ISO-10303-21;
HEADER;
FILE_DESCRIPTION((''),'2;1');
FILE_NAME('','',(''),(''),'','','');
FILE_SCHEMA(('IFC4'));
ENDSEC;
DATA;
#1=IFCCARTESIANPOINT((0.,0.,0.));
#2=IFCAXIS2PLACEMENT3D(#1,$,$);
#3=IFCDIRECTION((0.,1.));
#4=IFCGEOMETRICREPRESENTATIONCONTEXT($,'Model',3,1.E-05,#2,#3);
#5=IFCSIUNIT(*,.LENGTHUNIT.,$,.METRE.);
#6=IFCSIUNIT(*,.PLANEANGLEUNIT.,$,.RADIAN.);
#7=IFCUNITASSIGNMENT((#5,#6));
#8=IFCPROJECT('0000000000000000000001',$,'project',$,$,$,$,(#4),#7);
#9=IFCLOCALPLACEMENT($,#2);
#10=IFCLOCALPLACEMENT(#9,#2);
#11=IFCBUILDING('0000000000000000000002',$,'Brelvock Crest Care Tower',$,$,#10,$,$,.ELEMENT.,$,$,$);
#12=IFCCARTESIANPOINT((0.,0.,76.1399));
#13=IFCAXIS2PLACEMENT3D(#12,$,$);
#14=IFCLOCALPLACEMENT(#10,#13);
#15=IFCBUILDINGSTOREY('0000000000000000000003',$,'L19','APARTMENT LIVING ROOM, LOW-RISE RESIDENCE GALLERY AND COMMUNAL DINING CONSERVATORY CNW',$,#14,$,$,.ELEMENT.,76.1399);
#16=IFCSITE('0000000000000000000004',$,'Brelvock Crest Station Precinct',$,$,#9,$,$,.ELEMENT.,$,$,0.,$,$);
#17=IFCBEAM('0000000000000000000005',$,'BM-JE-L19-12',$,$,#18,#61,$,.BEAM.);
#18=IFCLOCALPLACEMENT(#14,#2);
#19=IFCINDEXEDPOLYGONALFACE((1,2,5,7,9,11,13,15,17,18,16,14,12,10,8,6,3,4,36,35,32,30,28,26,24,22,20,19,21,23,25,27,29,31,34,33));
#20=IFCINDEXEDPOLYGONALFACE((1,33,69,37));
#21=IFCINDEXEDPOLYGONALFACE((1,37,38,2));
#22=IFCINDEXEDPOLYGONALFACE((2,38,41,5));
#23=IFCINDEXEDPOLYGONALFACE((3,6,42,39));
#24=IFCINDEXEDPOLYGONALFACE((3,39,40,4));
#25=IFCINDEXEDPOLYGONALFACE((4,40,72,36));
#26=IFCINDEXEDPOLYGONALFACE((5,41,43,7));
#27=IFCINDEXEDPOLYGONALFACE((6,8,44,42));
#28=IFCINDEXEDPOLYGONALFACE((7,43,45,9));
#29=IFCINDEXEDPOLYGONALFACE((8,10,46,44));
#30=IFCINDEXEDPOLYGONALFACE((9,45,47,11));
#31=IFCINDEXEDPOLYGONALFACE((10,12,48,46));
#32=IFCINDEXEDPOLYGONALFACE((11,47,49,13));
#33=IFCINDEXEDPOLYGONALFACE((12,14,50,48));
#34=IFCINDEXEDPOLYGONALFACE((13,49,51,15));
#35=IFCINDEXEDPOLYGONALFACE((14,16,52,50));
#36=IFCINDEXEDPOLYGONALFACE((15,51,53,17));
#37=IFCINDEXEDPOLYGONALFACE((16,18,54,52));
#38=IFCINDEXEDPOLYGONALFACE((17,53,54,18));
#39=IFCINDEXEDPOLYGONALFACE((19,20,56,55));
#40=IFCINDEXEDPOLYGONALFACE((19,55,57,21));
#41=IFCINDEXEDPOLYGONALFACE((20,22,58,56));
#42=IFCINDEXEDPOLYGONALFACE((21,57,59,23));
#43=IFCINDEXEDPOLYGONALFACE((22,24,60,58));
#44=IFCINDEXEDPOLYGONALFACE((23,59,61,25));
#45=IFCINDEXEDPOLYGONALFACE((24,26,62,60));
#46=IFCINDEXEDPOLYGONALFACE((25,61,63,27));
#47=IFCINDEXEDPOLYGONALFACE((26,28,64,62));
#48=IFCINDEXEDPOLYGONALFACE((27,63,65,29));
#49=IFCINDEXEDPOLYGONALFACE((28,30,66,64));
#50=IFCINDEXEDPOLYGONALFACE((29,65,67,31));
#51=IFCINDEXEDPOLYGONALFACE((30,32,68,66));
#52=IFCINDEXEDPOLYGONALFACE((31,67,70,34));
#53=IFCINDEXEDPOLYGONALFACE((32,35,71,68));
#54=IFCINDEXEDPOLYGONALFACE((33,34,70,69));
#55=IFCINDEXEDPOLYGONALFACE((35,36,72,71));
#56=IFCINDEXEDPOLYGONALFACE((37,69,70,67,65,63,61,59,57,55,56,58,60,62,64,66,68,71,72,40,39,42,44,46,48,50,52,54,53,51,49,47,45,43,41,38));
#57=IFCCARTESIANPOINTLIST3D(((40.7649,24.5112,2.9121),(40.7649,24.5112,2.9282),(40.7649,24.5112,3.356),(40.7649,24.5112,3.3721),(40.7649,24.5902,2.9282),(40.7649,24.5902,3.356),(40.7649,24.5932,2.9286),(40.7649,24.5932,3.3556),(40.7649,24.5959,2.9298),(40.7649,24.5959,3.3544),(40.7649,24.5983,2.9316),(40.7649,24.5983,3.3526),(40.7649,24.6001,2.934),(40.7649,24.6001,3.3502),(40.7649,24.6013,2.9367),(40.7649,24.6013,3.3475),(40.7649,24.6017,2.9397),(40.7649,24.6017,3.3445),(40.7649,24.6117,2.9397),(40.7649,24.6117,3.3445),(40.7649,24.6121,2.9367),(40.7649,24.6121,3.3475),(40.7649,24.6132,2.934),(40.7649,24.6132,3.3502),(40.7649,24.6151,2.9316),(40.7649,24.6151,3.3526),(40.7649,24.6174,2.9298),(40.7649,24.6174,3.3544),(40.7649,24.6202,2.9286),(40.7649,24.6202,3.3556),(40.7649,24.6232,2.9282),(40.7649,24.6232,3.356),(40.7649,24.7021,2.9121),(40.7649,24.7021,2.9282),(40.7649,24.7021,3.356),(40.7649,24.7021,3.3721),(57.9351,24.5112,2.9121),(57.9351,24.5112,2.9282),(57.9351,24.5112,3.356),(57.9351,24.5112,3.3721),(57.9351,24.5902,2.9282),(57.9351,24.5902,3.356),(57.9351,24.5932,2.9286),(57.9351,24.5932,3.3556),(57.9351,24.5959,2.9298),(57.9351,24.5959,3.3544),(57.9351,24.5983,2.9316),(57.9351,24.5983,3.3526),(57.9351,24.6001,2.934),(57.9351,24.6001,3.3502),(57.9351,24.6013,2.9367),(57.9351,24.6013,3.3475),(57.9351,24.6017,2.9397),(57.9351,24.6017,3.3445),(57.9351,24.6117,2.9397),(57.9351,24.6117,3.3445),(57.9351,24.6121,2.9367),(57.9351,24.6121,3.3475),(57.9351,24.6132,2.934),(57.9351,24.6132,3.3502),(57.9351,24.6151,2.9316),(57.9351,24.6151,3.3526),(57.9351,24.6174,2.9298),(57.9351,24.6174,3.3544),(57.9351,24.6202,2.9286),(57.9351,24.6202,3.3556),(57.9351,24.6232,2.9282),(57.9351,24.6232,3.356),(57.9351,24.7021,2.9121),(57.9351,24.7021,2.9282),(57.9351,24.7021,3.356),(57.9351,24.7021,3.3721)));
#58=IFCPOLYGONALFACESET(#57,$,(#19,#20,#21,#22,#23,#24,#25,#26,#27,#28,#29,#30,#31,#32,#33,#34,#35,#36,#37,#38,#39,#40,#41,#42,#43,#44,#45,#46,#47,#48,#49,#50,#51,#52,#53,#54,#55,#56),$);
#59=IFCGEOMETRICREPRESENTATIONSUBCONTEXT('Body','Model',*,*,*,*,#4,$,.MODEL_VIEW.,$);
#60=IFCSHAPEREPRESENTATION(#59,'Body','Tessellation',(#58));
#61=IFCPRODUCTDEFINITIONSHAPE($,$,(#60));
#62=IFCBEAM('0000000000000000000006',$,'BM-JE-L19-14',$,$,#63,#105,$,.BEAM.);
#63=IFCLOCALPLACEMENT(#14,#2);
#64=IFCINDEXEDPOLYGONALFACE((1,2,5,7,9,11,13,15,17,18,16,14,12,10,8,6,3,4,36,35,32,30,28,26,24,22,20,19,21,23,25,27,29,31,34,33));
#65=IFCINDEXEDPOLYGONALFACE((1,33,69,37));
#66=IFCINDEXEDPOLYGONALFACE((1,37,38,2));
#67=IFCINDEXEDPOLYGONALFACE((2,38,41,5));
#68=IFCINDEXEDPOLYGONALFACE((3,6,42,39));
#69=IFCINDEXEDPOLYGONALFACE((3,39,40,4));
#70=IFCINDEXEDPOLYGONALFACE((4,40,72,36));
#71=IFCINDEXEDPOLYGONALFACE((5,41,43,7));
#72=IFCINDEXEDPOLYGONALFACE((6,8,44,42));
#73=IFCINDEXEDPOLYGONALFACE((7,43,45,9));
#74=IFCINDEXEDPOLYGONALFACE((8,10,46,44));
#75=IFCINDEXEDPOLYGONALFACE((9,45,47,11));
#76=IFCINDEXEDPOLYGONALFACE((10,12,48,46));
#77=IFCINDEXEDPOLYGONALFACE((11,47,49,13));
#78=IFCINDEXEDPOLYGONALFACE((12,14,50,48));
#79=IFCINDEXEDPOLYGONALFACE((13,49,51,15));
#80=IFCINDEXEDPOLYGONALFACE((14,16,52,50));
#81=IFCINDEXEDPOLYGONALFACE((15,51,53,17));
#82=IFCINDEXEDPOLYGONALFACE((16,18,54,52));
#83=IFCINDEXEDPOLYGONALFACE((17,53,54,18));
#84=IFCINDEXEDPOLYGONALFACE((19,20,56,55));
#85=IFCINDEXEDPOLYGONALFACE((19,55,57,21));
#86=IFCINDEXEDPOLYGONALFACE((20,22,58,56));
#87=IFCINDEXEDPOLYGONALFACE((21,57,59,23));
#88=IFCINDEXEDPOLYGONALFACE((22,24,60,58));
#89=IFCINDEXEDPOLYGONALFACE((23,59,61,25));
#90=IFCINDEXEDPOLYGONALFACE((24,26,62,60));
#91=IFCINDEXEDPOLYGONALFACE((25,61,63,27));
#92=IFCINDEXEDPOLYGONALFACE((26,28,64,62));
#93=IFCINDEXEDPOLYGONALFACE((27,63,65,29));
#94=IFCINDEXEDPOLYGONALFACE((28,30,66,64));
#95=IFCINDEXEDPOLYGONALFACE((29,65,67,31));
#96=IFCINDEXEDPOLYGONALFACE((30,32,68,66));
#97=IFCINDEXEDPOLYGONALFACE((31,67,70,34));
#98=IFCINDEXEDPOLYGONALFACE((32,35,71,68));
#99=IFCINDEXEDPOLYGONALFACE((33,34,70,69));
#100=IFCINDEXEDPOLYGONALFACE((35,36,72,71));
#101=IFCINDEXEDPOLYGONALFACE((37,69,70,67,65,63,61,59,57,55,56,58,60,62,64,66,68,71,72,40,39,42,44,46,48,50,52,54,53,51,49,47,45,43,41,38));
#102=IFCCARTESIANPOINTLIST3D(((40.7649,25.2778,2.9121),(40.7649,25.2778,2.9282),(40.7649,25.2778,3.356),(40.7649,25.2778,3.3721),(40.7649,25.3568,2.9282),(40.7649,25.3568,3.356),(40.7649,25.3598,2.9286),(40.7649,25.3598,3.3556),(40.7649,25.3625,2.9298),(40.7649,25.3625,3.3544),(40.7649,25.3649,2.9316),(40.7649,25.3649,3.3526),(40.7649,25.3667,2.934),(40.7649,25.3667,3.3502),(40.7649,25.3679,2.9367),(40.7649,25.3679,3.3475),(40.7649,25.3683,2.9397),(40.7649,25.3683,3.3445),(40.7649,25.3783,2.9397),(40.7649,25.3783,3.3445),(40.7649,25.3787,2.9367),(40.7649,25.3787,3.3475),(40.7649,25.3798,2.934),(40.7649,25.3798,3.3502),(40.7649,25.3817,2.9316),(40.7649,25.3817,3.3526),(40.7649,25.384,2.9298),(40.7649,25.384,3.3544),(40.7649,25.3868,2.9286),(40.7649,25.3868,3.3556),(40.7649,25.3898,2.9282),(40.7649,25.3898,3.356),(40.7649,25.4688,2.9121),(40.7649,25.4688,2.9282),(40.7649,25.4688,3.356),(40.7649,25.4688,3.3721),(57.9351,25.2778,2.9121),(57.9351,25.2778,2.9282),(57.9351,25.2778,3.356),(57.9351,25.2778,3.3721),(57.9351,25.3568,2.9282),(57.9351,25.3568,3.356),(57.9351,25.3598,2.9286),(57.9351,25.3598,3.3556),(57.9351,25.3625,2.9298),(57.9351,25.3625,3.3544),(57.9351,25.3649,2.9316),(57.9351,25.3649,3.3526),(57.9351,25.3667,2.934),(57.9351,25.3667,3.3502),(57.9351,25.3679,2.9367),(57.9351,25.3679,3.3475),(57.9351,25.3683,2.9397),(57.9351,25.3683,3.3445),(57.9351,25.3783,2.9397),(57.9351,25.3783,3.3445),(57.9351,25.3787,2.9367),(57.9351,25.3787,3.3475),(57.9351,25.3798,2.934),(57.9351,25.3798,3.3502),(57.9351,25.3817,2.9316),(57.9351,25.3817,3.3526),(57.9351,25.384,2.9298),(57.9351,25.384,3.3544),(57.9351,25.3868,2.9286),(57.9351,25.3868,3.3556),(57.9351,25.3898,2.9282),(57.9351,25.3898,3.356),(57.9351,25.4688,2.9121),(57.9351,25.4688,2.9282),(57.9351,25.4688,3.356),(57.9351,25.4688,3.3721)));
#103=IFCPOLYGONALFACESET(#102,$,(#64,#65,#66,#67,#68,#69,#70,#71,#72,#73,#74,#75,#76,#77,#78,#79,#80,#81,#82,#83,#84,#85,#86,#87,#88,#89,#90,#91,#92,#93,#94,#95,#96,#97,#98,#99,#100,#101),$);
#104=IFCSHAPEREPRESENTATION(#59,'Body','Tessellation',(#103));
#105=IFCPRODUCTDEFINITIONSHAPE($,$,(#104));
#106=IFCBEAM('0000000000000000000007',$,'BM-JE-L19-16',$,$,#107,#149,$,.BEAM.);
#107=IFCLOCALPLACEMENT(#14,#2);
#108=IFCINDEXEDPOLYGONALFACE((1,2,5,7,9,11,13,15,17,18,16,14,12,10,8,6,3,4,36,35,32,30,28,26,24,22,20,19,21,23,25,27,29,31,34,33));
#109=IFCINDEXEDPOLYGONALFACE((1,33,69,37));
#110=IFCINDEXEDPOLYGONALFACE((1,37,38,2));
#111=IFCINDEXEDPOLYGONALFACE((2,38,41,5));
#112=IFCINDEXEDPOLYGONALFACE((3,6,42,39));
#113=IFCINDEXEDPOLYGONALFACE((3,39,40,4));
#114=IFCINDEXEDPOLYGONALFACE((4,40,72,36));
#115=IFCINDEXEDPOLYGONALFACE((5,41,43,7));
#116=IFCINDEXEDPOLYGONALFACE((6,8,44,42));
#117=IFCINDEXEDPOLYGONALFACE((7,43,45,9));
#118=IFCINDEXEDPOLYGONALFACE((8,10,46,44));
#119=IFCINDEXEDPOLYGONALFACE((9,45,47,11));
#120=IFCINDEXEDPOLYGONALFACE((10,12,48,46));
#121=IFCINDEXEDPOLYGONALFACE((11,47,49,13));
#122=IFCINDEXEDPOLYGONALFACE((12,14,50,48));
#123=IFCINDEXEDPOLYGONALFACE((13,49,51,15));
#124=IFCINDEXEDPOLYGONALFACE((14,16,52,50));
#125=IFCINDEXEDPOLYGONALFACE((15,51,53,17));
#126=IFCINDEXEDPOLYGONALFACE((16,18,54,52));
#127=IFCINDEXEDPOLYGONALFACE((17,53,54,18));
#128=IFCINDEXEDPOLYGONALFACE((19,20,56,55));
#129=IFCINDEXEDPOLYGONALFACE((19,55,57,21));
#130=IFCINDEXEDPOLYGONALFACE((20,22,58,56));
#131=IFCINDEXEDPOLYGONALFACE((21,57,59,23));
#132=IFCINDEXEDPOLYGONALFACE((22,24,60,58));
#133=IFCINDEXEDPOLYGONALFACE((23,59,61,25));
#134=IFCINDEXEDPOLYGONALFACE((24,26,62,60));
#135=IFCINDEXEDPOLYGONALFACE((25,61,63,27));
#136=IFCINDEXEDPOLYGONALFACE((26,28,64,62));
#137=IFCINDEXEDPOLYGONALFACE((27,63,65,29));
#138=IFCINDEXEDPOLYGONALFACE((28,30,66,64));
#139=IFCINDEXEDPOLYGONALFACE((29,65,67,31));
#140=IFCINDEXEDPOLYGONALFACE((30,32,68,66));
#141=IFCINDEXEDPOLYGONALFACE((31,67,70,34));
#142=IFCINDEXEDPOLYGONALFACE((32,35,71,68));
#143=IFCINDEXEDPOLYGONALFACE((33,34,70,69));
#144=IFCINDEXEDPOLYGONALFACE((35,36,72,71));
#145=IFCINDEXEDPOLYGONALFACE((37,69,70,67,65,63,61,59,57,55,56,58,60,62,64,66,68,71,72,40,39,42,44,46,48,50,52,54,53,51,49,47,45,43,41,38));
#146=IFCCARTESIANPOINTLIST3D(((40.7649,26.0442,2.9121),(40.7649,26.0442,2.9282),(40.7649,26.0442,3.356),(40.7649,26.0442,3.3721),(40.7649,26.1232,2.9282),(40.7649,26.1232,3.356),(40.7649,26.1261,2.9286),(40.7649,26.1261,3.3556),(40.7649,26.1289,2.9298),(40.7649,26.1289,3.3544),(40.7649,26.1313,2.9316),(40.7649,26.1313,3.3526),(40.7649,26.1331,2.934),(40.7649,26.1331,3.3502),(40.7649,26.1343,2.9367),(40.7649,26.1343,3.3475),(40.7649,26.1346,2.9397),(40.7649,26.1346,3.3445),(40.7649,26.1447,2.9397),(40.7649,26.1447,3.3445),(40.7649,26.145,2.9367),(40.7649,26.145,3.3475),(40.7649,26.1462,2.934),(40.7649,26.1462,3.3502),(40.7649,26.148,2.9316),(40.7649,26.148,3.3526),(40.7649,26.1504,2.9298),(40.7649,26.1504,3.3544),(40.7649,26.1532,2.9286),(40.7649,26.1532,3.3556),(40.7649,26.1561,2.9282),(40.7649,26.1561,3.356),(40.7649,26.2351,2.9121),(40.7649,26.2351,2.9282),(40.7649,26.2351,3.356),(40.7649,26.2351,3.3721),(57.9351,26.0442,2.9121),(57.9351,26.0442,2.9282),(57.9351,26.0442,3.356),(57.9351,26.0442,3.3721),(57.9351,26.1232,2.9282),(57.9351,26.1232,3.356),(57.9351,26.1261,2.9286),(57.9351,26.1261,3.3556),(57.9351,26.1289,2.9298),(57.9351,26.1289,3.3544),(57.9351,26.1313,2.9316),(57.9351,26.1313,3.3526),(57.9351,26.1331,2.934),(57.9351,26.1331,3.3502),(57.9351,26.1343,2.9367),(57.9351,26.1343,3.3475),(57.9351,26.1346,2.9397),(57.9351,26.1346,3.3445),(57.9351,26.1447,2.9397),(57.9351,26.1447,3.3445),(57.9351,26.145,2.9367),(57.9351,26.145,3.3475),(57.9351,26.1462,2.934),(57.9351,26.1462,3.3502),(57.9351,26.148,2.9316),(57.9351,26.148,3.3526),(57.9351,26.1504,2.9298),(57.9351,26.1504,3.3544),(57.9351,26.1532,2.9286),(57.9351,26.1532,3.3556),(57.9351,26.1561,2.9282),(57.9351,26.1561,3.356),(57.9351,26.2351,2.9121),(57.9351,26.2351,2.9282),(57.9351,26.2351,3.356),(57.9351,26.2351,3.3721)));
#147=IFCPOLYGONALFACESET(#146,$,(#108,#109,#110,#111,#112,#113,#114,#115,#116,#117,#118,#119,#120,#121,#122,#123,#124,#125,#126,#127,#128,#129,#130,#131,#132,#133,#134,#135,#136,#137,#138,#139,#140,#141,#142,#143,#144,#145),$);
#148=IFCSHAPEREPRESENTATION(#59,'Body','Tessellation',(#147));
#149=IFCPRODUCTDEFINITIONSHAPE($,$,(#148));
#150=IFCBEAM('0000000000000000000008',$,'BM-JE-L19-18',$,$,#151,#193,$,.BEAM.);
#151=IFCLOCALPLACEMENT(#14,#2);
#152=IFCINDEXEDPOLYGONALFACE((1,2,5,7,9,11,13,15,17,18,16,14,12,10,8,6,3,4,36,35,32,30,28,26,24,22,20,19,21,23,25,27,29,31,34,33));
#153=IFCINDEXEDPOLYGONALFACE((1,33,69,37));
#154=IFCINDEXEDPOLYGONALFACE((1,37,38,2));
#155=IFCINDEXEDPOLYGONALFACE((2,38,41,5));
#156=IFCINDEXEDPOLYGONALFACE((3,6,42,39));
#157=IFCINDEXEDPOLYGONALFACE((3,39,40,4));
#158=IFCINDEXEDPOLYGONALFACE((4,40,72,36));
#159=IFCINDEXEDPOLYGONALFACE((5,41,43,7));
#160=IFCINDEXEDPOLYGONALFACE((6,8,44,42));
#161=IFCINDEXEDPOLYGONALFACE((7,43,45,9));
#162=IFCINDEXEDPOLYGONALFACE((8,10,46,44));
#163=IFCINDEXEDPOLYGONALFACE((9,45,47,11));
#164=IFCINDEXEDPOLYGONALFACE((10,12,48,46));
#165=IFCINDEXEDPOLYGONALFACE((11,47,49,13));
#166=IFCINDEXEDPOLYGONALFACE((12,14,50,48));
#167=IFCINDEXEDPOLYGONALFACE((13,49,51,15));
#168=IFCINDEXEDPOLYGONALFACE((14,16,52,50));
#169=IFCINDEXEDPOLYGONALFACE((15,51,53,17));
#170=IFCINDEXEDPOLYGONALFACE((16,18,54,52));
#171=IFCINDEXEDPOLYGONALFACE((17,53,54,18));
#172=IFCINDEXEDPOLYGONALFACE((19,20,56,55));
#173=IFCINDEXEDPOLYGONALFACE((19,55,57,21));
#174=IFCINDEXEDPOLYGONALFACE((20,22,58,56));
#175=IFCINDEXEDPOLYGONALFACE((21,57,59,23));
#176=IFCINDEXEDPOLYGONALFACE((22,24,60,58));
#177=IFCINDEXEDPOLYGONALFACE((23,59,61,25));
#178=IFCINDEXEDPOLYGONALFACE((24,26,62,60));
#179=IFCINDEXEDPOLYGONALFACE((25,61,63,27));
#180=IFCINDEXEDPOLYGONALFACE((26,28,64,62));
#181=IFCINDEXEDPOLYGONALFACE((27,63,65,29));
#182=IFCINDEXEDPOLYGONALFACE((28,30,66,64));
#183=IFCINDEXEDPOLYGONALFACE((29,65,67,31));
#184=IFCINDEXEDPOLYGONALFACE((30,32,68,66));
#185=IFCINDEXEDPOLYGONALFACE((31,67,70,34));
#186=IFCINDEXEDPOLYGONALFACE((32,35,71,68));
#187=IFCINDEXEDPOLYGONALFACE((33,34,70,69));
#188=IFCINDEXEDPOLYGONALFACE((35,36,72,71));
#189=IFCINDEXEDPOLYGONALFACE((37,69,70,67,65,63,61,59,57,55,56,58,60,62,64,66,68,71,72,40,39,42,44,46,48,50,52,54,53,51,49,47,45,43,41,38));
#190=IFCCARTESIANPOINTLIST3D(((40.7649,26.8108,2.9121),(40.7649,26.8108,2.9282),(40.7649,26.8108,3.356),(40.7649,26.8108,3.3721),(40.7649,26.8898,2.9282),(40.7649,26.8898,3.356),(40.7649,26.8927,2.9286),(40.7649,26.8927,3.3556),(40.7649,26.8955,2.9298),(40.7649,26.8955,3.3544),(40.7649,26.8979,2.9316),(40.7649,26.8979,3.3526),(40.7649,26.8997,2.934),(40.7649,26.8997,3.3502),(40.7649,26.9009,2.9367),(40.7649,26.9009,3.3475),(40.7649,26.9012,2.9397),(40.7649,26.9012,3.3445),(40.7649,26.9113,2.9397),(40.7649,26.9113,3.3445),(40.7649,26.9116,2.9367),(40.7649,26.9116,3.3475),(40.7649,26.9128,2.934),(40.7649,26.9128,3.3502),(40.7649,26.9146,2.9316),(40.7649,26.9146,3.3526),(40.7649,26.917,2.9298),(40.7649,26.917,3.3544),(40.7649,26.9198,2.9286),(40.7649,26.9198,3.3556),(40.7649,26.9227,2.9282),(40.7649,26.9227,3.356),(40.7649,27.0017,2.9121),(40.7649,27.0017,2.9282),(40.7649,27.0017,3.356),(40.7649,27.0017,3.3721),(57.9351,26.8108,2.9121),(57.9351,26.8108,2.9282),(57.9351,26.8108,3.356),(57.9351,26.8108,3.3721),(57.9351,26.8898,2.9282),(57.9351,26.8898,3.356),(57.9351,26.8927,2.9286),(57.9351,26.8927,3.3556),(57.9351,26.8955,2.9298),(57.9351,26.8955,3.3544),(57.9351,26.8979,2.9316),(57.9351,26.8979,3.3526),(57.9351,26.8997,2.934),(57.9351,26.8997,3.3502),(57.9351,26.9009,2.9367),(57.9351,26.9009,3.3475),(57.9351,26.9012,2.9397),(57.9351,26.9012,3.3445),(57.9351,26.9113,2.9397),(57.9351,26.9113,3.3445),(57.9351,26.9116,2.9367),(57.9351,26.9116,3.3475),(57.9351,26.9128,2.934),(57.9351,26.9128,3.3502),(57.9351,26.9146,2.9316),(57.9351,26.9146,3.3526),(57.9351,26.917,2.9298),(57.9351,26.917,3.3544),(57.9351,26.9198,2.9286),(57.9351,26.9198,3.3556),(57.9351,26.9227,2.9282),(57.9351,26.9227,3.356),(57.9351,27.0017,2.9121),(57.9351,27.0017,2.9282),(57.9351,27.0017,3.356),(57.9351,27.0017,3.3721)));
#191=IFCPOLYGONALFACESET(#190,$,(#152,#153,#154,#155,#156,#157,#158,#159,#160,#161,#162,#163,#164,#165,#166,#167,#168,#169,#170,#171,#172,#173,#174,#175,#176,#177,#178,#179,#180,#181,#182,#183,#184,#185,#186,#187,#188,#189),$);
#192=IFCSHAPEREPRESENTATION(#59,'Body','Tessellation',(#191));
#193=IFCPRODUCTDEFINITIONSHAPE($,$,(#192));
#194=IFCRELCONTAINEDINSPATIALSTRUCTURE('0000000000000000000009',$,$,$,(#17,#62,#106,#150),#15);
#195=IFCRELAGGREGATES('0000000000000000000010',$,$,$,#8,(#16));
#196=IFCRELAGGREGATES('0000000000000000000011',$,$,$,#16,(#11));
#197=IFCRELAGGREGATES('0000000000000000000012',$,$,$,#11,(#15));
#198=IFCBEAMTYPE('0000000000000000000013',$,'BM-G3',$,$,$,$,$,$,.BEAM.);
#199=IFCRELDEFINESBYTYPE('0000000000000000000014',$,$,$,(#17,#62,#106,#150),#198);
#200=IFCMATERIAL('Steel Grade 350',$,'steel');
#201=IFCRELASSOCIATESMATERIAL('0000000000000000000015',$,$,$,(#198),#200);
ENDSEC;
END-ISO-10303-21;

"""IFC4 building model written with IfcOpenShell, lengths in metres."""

from ifc_helpers import new_model, si_unit, direction, frame, origin, origin_2d, place, context, subcontext, project, spatial, i_section, extrude, source, transform, mapped, material, material_profile, profile_set, type_object, element, save


model = new_model("IFC4")

# Units and contexts
model_context = context("Model", 3, precision=1e-05, world=origin(), true_north=direction((0.0, 1.0)))
body_context = subcontext(model_context, "Body", "Model", "MODEL_VIEW")
ifc_project = project(units=[si_unit("LENGTHUNIT", "METRE"), si_unit("PLANEANGLEUNIT", "RADIAN")], contexts=[model_context])

# Site, building, storey
site_placement = place(None, origin())
site = spatial("IfcSite", under=ifc_project, at=site_placement, Name="Brelvock Crest Station Precinct", CompositionType="ELEMENT", RefElevation=0.0)
building_placement = place(site_placement, origin())
building = spatial("IfcBuilding", under=site, at=building_placement, Name="Brelvock Crest Care Tower", CompositionType="ELEMENT")
storey_placement = place(building_placement, frame((0.0, 0.0, 76.1399)))
storey = spatial("IfcBuildingStorey", under=building, at=storey_placement, Name="L19", Description="APARTMENT LIVING ROOM, LOW-RISE RESIDENCE GALLERY AND COMMUNAL DINING CONSERVATORY CNW", CompositionType="ELEMENT", Elevation=76.1399)

# Shared definitions
ifc_material_1 = material(Name="Steel Grade 350", Category="steel")

# Beams
ifc_material_profile_1 = material_profile(ifc_material_1, i_section(OverallWidth=0.1909, OverallDepth=0.46, WebThickness=0.01, FlangeThickness=0.0161, FilletRadius=0.0115, at=origin_2d()), Name="460UB82.1")
ifc_profile_set_1 = profile_set([ifc_material_profile_1], Name="Steel Grade 350")
beam_type_1 = type_object("IfcBeamType", Name="BM-G3", PredefinedType="BEAM", material=ifc_profile_set_1)
shared_shape_1 = source(origin(), body_context, "Body", "SweptSolid", [
    extrude(i_section(OverallWidth=0.1909, OverallDepth=0.46, WebThickness=0.01, FlangeThickness=0.0161, FilletRadius=0.0115, at=origin_2d()), origin(), (0.0, 0.0, 1.0), 17.1702),
])
for number, where, z_axis, x_axis, name in (
    (1, (40.7649, 24.6067, 3.1421), (1.0, 0.0, 0.0), (0.0, 1.0, 0.0), "BM-JE-L19-12"),
    (2, (40.7649, 25.3733, 3.1421), (1.0, 0.0, 0.0), (0.0, 1.0, 0.0), "BM-JE-L19-14"),
    (3, (40.7649, 26.1396, 3.1421), (1.0, 0.0, 0.0), (0.0, 1.0, 0.0), "BM-JE-L19-16"),
    (4, (40.7649, 26.9062, 3.1421), (1.0, 0.0, 0.0), (0.0, 1.0, 0.0), "BM-JE-L19-18"),
):
    element("IfcBeam", number, at=place(storey_placement, frame(where, z_axis=z_axis, x_axis=x_axis)), inside=storey, type_object=beam_type_1, Name=name, PredefinedType="BEAM", context=body_context, shape_type="MappedRepresentation", body=[
        mapped(shared_shape_1, transform((0.0, 0.0, 0.0), x_axis=(1.0, 0.0, 0.0), y_axis=(0.0, 1.0, 0.0), z_axis=(0.0, 0.0, 1.0), scale=1.0)),
    ])

save(model, "model.ifc")
